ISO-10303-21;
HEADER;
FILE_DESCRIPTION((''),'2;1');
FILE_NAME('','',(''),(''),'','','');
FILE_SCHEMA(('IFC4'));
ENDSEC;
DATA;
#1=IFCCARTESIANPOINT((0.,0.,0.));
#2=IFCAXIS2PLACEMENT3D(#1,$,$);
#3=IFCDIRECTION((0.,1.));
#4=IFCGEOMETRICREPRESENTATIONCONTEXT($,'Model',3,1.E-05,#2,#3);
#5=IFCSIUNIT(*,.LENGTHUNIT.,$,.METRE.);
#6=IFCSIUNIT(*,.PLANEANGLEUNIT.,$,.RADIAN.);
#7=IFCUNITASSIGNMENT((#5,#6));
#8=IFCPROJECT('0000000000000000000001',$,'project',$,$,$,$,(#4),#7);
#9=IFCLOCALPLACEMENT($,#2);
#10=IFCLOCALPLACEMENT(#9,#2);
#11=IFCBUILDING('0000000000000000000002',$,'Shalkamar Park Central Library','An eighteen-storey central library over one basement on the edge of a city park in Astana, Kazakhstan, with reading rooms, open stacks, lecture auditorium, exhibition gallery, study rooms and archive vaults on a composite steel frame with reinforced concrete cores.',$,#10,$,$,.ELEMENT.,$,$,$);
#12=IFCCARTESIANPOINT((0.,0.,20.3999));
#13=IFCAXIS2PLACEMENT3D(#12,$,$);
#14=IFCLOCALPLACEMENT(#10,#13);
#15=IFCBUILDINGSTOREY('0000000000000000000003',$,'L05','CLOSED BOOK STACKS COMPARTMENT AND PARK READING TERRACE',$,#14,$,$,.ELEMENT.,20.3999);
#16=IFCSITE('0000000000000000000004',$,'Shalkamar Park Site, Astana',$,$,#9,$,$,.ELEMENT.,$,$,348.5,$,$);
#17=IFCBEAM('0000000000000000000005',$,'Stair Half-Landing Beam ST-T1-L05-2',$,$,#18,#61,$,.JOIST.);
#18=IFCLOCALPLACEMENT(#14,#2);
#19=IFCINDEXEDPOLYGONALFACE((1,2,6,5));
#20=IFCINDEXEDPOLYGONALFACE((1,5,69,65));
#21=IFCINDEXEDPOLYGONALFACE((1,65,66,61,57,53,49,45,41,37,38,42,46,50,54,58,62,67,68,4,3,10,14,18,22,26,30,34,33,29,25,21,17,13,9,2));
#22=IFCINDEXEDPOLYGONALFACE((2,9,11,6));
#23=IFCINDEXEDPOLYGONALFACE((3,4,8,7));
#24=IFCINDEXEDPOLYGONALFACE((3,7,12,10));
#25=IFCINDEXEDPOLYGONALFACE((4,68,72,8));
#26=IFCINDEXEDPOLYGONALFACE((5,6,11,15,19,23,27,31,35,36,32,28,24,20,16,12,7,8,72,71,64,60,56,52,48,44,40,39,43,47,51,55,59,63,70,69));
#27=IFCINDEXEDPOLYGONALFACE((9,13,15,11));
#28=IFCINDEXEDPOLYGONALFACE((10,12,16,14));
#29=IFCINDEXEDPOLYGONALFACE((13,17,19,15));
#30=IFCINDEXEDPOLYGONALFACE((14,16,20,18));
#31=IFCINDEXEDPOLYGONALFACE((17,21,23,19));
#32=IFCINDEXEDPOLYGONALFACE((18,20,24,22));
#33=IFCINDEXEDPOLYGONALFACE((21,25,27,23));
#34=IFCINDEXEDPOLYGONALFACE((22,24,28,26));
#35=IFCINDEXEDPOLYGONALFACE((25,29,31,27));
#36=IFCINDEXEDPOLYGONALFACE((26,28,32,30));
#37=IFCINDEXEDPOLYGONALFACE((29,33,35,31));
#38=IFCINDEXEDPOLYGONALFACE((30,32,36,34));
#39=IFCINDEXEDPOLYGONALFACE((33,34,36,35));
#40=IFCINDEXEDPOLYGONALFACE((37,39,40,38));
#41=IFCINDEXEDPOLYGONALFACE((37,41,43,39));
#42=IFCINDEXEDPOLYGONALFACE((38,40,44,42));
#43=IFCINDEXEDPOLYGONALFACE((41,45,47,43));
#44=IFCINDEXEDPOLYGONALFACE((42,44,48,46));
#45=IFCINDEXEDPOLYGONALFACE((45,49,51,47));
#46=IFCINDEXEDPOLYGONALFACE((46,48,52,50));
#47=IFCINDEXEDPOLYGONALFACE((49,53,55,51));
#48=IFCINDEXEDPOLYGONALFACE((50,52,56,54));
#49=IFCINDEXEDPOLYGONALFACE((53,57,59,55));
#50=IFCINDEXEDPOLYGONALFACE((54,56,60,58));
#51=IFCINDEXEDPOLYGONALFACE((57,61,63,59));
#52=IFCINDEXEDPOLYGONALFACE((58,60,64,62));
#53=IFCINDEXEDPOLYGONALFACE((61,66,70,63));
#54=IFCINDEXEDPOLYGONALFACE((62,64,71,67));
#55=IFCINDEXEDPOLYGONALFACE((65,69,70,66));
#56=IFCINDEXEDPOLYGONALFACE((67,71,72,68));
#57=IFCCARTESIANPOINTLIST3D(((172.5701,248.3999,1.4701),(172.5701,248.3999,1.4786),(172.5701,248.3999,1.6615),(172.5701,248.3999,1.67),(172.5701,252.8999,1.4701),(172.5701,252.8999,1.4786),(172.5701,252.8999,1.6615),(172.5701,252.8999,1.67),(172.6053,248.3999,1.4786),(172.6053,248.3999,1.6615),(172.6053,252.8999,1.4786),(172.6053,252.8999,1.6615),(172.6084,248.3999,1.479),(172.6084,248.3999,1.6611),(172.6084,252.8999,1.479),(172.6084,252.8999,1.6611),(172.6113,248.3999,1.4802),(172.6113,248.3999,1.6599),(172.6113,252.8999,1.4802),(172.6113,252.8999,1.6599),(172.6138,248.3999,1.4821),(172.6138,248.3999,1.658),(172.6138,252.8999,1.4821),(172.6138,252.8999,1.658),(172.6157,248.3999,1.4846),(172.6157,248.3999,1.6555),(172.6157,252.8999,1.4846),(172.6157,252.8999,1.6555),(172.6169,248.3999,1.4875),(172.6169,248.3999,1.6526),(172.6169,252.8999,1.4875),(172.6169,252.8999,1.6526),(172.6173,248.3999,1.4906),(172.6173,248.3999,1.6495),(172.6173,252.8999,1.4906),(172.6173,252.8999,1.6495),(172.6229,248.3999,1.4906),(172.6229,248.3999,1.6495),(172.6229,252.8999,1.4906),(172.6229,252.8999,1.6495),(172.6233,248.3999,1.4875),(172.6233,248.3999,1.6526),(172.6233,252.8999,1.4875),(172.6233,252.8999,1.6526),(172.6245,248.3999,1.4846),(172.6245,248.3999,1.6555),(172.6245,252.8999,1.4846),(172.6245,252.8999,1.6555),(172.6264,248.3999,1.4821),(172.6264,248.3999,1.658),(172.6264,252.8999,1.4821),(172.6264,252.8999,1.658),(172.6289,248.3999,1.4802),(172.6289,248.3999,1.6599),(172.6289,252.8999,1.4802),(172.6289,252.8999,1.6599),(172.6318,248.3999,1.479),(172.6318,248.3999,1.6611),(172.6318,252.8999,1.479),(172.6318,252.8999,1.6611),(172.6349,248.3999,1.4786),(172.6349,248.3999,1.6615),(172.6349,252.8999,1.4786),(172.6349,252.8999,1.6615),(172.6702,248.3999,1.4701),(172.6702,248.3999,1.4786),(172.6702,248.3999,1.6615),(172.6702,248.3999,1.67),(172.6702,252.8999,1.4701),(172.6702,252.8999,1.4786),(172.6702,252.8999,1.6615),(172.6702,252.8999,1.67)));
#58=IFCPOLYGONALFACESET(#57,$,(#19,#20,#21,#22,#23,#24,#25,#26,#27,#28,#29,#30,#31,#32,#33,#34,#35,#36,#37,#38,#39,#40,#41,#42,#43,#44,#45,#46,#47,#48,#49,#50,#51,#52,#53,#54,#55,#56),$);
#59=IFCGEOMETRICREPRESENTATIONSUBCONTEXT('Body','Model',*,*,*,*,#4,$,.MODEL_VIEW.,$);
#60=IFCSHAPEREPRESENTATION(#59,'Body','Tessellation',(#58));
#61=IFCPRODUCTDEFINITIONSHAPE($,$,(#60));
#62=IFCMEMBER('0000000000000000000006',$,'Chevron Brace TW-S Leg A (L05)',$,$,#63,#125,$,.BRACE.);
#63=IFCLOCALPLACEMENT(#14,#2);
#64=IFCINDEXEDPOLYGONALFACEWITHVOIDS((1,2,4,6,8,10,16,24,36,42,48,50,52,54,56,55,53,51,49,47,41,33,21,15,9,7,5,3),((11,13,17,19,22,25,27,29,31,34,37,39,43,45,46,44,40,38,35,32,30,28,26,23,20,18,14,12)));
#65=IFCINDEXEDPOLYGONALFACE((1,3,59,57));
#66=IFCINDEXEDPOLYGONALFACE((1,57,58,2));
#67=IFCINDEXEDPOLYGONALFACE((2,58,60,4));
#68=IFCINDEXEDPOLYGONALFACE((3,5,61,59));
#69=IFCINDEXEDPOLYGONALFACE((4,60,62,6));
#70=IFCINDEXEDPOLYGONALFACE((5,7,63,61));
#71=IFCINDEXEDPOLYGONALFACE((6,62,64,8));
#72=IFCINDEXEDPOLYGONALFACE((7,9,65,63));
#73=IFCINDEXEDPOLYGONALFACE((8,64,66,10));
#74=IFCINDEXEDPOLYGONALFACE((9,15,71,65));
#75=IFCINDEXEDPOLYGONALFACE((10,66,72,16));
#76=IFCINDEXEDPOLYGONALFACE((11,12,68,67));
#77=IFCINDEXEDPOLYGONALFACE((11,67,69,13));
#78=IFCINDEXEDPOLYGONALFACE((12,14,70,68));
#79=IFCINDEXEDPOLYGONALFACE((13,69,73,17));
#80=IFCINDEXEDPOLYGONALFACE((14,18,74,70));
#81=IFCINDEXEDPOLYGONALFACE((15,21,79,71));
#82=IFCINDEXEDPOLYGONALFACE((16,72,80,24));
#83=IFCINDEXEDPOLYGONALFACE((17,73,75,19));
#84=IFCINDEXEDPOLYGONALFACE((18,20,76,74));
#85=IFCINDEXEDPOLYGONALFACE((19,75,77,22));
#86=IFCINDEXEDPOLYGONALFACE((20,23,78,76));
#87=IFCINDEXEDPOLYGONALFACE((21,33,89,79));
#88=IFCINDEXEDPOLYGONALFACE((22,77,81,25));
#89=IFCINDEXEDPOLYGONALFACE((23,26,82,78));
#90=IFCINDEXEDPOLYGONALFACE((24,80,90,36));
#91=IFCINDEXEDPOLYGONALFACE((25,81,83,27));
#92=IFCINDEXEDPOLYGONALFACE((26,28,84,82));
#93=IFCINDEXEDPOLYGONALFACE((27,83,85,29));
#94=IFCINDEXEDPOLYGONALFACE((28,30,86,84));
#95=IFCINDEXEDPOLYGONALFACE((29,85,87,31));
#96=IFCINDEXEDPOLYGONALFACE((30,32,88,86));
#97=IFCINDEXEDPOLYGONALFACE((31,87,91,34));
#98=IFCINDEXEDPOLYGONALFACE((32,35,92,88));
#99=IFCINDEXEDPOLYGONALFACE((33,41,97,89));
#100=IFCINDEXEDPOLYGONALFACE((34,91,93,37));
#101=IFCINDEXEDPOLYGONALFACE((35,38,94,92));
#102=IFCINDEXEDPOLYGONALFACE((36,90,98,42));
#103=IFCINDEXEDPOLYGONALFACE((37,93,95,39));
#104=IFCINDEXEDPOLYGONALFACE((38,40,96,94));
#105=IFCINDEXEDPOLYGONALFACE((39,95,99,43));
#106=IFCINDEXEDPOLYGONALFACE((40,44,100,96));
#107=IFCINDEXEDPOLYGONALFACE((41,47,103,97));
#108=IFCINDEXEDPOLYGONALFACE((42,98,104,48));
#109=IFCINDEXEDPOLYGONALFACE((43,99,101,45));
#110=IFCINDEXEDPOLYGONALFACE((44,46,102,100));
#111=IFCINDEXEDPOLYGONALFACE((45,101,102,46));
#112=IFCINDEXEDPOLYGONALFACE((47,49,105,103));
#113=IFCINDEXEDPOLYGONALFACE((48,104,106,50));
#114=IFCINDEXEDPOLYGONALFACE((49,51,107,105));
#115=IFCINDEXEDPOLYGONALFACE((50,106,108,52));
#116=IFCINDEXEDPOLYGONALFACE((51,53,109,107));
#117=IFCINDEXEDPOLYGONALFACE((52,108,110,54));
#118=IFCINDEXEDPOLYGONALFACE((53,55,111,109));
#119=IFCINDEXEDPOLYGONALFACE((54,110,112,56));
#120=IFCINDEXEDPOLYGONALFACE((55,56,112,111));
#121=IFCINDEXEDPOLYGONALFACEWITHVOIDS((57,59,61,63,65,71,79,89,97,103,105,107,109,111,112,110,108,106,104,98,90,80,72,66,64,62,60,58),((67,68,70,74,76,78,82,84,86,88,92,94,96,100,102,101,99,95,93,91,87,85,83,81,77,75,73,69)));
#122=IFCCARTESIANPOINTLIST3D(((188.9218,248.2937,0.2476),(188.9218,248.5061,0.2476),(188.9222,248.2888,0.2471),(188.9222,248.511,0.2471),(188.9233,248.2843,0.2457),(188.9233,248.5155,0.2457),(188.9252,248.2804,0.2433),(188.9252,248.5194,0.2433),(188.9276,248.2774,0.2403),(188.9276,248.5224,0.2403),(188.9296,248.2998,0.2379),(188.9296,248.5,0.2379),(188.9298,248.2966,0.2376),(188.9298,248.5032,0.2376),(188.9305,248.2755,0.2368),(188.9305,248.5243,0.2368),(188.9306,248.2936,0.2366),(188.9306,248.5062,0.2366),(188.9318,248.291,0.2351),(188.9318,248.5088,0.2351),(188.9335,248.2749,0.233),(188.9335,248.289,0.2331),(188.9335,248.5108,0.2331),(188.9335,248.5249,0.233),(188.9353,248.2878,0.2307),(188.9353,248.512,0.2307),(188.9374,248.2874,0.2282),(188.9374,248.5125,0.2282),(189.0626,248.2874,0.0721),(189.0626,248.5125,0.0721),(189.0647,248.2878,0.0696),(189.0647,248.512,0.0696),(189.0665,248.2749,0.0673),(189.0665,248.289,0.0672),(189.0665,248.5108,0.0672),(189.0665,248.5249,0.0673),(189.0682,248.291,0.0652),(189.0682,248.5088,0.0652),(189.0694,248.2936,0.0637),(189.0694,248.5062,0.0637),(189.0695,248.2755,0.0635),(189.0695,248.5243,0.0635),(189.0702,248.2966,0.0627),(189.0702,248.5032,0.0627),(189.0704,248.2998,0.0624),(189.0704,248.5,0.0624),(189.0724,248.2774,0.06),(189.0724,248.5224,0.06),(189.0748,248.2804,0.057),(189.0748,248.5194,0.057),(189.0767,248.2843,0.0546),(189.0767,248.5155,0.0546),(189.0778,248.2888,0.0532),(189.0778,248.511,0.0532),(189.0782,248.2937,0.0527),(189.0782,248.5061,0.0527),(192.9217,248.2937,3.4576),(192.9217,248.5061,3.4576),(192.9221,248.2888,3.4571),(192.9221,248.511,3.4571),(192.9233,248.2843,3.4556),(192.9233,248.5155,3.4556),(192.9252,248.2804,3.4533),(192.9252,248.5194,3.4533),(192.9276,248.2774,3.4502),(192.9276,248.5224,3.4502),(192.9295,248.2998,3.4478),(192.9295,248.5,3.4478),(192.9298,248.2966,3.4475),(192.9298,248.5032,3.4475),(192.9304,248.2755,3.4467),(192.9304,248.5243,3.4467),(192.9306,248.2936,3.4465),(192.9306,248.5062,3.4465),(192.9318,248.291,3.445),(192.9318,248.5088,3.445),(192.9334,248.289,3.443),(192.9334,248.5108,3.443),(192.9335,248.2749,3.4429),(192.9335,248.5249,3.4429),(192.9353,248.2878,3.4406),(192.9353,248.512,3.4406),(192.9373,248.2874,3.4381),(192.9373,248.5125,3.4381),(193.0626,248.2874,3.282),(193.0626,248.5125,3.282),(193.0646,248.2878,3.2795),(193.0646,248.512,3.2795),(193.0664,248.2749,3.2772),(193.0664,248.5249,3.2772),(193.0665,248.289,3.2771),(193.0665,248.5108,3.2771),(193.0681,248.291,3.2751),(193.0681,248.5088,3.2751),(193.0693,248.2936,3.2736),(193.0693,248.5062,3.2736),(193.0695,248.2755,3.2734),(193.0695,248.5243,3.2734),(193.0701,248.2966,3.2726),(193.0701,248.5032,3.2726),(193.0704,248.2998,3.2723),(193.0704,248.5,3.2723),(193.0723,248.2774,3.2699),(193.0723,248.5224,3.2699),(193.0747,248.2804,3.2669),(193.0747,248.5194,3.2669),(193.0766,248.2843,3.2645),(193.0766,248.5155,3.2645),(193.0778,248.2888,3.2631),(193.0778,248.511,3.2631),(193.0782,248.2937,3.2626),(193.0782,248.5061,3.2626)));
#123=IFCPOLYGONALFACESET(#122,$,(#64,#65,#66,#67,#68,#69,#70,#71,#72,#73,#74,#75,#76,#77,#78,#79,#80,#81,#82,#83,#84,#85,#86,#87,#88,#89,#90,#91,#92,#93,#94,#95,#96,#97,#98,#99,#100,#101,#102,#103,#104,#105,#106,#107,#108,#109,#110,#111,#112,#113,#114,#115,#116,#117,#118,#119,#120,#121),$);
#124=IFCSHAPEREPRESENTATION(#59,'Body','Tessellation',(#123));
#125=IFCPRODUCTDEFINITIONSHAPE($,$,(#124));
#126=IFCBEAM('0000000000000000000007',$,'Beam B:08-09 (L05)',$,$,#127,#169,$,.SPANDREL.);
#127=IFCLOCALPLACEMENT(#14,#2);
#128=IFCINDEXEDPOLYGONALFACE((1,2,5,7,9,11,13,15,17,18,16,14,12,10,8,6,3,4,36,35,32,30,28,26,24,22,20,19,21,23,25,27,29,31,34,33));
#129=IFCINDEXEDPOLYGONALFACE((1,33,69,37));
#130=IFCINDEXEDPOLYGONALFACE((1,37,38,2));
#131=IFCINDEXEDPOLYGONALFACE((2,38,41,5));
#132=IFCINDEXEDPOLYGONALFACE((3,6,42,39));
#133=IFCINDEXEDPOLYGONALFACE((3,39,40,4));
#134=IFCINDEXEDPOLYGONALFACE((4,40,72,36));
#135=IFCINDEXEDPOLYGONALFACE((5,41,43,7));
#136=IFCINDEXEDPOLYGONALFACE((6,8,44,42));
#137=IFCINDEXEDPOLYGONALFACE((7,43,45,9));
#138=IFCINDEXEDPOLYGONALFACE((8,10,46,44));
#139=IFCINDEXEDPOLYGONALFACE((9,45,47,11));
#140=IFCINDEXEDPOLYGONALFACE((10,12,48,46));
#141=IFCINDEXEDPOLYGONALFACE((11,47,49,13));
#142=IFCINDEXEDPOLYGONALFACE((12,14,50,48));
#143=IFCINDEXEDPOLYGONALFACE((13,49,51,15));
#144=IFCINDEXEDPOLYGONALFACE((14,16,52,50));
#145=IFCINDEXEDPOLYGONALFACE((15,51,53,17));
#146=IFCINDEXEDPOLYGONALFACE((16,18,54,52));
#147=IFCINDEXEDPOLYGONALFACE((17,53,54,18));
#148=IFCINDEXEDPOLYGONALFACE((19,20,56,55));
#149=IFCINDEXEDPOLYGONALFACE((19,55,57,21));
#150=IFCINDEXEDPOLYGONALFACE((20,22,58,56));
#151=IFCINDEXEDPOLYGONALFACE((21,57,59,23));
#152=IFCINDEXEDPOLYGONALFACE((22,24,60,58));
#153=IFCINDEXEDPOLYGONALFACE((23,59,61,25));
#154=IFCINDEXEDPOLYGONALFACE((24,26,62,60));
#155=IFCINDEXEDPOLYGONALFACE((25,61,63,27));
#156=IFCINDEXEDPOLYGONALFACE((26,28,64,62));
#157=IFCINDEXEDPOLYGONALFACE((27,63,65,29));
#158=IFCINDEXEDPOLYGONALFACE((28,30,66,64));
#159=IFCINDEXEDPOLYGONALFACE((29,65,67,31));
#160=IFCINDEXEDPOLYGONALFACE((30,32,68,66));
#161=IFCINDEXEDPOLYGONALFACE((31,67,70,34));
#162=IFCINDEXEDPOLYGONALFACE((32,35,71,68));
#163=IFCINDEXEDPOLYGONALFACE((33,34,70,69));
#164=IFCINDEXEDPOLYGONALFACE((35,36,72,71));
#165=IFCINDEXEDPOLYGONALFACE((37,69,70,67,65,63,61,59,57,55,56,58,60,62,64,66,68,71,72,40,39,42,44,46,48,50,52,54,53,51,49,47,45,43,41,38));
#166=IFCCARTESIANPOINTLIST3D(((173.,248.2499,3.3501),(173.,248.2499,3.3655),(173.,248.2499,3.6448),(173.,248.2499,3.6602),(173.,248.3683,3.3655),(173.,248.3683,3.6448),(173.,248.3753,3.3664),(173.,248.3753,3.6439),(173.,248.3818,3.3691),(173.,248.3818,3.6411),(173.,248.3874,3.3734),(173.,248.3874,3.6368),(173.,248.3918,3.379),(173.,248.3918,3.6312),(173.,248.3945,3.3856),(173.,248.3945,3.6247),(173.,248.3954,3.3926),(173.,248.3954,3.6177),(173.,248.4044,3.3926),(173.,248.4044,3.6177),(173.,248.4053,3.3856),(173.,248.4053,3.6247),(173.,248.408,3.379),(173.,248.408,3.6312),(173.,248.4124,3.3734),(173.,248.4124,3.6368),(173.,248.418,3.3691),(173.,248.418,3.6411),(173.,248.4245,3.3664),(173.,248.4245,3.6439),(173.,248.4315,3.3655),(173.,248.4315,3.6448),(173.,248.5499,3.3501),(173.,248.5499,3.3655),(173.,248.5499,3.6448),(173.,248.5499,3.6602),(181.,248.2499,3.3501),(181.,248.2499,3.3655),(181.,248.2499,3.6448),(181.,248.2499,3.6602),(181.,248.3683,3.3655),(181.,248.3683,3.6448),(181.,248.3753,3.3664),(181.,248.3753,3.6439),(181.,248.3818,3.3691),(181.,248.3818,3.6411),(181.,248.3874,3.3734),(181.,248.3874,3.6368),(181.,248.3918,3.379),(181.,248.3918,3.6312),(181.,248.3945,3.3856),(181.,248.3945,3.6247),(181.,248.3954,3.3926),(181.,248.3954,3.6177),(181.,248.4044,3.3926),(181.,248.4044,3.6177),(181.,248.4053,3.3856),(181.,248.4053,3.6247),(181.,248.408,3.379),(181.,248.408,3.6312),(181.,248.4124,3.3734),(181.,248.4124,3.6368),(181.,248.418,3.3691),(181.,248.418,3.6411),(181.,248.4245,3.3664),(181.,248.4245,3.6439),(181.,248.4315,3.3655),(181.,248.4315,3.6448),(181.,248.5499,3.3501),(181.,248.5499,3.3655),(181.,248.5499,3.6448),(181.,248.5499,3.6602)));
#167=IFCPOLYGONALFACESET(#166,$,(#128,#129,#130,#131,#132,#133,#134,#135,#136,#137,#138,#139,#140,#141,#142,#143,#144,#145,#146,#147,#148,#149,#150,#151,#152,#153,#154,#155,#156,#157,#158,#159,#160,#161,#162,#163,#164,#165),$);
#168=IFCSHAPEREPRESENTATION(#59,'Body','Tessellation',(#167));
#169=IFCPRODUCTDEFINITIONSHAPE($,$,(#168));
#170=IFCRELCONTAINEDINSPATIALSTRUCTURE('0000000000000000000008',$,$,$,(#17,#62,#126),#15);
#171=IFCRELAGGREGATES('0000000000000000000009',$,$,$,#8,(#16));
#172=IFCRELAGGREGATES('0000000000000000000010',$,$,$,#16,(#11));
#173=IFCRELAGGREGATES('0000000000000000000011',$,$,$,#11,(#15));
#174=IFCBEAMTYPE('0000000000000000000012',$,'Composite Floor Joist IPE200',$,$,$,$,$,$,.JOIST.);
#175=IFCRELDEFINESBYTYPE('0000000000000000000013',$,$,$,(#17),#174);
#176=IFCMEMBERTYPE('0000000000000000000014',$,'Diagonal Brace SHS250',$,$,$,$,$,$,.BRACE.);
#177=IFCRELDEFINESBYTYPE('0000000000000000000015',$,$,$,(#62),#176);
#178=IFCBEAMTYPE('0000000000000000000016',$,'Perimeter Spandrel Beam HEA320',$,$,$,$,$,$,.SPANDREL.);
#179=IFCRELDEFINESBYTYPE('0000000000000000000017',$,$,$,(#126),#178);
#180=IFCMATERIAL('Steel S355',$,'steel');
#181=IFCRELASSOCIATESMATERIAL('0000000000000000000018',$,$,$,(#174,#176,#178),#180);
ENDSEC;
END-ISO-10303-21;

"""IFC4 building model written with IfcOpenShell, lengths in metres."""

from ifc_helpers import new_model, si_unit, direction, frame, origin, origin_2d, place, context, subcontext, project, spatial, hollow_rectangle, i_section, extrude, material, material_profile, profile_set, type_object, element, save


model = new_model("IFC4")

# Units and contexts
model_context = context("Model", 3, precision=1e-05, world=origin(), true_north=direction((0.0, 1.0)))
body_context = subcontext(model_context, "Body", "Model", "MODEL_VIEW")
ifc_project = project(units=[si_unit("LENGTHUNIT", "METRE"), si_unit("PLANEANGLEUNIT", "RADIAN")], contexts=[model_context])

# Site, building, storey
site_placement = place(None, origin())
site = spatial("IfcSite", under=ifc_project, at=site_placement, Name="Shalkamar Park Site, Astana", CompositionType="ELEMENT", RefElevation=348.5)
building_placement = place(site_placement, origin())
building = spatial("IfcBuilding", under=site, at=building_placement, Name="Shalkamar Park Central Library", Description="An eighteen-storey central library over one basement on the edge of a city park in Astana, Kazakhstan, with reading rooms, open stacks, lecture auditorium, exhibition gallery, study rooms and archive vaults on a composite steel frame with reinforced concrete cores.", CompositionType="ELEMENT")
storey_placement = place(building_placement, frame((0.0, 0.0, 20.3999)))
storey = spatial("IfcBuildingStorey", under=building, at=storey_placement, Name="L05", Description="CLOSED BOOK STACKS COMPARTMENT AND PARK READING TERRACE", CompositionType="ELEMENT", Elevation=20.3999)

# Shared definitions
ifc_material_1 = material(Name="Steel S355", Category="steel")

# Beam
ifc_material_profile_1 = material_profile(ifc_material_1, i_section(OverallWidth=0.1001, OverallDepth=0.2, WebThickness=0.0056, FlangeThickness=0.0085, FilletRadius=0.012, at=origin_2d()), Name="IPE 200")
ifc_profile_set_1 = profile_set([ifc_material_profile_1], Name="Steel S355")
beam_type_1 = type_object("IfcBeamType", Name="Composite Floor Joist IPE200", PredefinedType="JOIST", material=ifc_profile_set_1)
for number, where, z_axis, x_axis, name in (
    (1, (172.6201, 248.3999, 1.5701), (0.0, 1.0, 0.0), (-1.0, 0.0, 0.0), "Stair Half-Landing Beam ST-T1-L05-2"),
):
    element("IfcBeam", number, at=place(storey_placement, frame(where, z_axis=z_axis, x_axis=x_axis)), inside=storey, type_object=beam_type_1, Name=name, PredefinedType="JOIST", context=body_context, shape_type="SweptSolid", body=[
        extrude(i_section(OverallWidth=0.1001, OverallDepth=0.2, WebThickness=0.0056, FlangeThickness=0.0085, FilletRadius=0.012, at=origin_2d()), origin(), (0.0, 0.0, 1.0), 4.5),
    ])

# Member
ifc_material_profile_2 = material_profile(ifc_material_1, hollow_rectangle(XDim=0.25, YDim=0.25, WallThickness=0.0125, InnerFilletRadius=0.0125, OuterFilletRadius=0.0188, at=origin_2d()), Name="SHS 250x250x12.5")
ifc_profile_set_2 = profile_set([ifc_material_profile_2], Name="Steel S355")
member_type = type_object("IfcMemberType", Name="Diagonal Brace SHS250", PredefinedType="BRACE", material=ifc_profile_set_2)
member_placement = place(storey_placement, frame((189.0, 248.3999, 0.1501), z_axis=(0.779921, 0.0, 0.625879), x_axis=(0.0, 1.0, 0.0)))
element("IfcMember", 2, at=member_placement, inside=storey, type_object=member_type, Name="Chevron Brace TW-S Leg A (L05)", PredefinedType="BRACE", context=body_context, shape_type="SweptSolid", body=[
    extrude(hollow_rectangle(XDim=0.25, YDim=0.25, WallThickness=0.0125, InnerFilletRadius=0.0125, OuterFilletRadius=0.0188, at=origin_2d()), origin(), (0.0, 0.0, 1.0), 5.1287),
])

# Beam
ifc_material_profile_3 = material_profile(ifc_material_1, i_section(OverallWidth=0.3, OverallDepth=0.3101, WebThickness=0.009, FlangeThickness=0.0154, FilletRadius=0.0271, at=origin_2d()), Name="HEA 320")
ifc_profile_set_3 = profile_set([ifc_material_profile_3], Name="Steel S355")
beam_type_2 = type_object("IfcBeamType", Name="Perimeter Spandrel Beam HEA320", PredefinedType="SPANDREL", material=ifc_profile_set_3)
for number, where, z_axis, x_axis, name in (
    (3, (173.0, 248.3999, 3.5051), (1.0, 0.0, 0.0), (0.0, 1.0, 0.0), "Beam B:08-09 (L05)"),
):
    element("IfcBeam", number, at=place(storey_placement, frame(where, z_axis=z_axis, x_axis=x_axis)), inside=storey, type_object=beam_type_2, Name=name, PredefinedType="SPANDREL", context=body_context, shape_type="SweptSolid", body=[
        extrude(i_section(OverallWidth=0.3, OverallDepth=0.3101, WebThickness=0.009, FlangeThickness=0.0154, FilletRadius=0.0271, at=origin_2d()), origin(), (0.0, 0.0, 1.0), 8.0),
    ])

save(model, "model.ifc")
